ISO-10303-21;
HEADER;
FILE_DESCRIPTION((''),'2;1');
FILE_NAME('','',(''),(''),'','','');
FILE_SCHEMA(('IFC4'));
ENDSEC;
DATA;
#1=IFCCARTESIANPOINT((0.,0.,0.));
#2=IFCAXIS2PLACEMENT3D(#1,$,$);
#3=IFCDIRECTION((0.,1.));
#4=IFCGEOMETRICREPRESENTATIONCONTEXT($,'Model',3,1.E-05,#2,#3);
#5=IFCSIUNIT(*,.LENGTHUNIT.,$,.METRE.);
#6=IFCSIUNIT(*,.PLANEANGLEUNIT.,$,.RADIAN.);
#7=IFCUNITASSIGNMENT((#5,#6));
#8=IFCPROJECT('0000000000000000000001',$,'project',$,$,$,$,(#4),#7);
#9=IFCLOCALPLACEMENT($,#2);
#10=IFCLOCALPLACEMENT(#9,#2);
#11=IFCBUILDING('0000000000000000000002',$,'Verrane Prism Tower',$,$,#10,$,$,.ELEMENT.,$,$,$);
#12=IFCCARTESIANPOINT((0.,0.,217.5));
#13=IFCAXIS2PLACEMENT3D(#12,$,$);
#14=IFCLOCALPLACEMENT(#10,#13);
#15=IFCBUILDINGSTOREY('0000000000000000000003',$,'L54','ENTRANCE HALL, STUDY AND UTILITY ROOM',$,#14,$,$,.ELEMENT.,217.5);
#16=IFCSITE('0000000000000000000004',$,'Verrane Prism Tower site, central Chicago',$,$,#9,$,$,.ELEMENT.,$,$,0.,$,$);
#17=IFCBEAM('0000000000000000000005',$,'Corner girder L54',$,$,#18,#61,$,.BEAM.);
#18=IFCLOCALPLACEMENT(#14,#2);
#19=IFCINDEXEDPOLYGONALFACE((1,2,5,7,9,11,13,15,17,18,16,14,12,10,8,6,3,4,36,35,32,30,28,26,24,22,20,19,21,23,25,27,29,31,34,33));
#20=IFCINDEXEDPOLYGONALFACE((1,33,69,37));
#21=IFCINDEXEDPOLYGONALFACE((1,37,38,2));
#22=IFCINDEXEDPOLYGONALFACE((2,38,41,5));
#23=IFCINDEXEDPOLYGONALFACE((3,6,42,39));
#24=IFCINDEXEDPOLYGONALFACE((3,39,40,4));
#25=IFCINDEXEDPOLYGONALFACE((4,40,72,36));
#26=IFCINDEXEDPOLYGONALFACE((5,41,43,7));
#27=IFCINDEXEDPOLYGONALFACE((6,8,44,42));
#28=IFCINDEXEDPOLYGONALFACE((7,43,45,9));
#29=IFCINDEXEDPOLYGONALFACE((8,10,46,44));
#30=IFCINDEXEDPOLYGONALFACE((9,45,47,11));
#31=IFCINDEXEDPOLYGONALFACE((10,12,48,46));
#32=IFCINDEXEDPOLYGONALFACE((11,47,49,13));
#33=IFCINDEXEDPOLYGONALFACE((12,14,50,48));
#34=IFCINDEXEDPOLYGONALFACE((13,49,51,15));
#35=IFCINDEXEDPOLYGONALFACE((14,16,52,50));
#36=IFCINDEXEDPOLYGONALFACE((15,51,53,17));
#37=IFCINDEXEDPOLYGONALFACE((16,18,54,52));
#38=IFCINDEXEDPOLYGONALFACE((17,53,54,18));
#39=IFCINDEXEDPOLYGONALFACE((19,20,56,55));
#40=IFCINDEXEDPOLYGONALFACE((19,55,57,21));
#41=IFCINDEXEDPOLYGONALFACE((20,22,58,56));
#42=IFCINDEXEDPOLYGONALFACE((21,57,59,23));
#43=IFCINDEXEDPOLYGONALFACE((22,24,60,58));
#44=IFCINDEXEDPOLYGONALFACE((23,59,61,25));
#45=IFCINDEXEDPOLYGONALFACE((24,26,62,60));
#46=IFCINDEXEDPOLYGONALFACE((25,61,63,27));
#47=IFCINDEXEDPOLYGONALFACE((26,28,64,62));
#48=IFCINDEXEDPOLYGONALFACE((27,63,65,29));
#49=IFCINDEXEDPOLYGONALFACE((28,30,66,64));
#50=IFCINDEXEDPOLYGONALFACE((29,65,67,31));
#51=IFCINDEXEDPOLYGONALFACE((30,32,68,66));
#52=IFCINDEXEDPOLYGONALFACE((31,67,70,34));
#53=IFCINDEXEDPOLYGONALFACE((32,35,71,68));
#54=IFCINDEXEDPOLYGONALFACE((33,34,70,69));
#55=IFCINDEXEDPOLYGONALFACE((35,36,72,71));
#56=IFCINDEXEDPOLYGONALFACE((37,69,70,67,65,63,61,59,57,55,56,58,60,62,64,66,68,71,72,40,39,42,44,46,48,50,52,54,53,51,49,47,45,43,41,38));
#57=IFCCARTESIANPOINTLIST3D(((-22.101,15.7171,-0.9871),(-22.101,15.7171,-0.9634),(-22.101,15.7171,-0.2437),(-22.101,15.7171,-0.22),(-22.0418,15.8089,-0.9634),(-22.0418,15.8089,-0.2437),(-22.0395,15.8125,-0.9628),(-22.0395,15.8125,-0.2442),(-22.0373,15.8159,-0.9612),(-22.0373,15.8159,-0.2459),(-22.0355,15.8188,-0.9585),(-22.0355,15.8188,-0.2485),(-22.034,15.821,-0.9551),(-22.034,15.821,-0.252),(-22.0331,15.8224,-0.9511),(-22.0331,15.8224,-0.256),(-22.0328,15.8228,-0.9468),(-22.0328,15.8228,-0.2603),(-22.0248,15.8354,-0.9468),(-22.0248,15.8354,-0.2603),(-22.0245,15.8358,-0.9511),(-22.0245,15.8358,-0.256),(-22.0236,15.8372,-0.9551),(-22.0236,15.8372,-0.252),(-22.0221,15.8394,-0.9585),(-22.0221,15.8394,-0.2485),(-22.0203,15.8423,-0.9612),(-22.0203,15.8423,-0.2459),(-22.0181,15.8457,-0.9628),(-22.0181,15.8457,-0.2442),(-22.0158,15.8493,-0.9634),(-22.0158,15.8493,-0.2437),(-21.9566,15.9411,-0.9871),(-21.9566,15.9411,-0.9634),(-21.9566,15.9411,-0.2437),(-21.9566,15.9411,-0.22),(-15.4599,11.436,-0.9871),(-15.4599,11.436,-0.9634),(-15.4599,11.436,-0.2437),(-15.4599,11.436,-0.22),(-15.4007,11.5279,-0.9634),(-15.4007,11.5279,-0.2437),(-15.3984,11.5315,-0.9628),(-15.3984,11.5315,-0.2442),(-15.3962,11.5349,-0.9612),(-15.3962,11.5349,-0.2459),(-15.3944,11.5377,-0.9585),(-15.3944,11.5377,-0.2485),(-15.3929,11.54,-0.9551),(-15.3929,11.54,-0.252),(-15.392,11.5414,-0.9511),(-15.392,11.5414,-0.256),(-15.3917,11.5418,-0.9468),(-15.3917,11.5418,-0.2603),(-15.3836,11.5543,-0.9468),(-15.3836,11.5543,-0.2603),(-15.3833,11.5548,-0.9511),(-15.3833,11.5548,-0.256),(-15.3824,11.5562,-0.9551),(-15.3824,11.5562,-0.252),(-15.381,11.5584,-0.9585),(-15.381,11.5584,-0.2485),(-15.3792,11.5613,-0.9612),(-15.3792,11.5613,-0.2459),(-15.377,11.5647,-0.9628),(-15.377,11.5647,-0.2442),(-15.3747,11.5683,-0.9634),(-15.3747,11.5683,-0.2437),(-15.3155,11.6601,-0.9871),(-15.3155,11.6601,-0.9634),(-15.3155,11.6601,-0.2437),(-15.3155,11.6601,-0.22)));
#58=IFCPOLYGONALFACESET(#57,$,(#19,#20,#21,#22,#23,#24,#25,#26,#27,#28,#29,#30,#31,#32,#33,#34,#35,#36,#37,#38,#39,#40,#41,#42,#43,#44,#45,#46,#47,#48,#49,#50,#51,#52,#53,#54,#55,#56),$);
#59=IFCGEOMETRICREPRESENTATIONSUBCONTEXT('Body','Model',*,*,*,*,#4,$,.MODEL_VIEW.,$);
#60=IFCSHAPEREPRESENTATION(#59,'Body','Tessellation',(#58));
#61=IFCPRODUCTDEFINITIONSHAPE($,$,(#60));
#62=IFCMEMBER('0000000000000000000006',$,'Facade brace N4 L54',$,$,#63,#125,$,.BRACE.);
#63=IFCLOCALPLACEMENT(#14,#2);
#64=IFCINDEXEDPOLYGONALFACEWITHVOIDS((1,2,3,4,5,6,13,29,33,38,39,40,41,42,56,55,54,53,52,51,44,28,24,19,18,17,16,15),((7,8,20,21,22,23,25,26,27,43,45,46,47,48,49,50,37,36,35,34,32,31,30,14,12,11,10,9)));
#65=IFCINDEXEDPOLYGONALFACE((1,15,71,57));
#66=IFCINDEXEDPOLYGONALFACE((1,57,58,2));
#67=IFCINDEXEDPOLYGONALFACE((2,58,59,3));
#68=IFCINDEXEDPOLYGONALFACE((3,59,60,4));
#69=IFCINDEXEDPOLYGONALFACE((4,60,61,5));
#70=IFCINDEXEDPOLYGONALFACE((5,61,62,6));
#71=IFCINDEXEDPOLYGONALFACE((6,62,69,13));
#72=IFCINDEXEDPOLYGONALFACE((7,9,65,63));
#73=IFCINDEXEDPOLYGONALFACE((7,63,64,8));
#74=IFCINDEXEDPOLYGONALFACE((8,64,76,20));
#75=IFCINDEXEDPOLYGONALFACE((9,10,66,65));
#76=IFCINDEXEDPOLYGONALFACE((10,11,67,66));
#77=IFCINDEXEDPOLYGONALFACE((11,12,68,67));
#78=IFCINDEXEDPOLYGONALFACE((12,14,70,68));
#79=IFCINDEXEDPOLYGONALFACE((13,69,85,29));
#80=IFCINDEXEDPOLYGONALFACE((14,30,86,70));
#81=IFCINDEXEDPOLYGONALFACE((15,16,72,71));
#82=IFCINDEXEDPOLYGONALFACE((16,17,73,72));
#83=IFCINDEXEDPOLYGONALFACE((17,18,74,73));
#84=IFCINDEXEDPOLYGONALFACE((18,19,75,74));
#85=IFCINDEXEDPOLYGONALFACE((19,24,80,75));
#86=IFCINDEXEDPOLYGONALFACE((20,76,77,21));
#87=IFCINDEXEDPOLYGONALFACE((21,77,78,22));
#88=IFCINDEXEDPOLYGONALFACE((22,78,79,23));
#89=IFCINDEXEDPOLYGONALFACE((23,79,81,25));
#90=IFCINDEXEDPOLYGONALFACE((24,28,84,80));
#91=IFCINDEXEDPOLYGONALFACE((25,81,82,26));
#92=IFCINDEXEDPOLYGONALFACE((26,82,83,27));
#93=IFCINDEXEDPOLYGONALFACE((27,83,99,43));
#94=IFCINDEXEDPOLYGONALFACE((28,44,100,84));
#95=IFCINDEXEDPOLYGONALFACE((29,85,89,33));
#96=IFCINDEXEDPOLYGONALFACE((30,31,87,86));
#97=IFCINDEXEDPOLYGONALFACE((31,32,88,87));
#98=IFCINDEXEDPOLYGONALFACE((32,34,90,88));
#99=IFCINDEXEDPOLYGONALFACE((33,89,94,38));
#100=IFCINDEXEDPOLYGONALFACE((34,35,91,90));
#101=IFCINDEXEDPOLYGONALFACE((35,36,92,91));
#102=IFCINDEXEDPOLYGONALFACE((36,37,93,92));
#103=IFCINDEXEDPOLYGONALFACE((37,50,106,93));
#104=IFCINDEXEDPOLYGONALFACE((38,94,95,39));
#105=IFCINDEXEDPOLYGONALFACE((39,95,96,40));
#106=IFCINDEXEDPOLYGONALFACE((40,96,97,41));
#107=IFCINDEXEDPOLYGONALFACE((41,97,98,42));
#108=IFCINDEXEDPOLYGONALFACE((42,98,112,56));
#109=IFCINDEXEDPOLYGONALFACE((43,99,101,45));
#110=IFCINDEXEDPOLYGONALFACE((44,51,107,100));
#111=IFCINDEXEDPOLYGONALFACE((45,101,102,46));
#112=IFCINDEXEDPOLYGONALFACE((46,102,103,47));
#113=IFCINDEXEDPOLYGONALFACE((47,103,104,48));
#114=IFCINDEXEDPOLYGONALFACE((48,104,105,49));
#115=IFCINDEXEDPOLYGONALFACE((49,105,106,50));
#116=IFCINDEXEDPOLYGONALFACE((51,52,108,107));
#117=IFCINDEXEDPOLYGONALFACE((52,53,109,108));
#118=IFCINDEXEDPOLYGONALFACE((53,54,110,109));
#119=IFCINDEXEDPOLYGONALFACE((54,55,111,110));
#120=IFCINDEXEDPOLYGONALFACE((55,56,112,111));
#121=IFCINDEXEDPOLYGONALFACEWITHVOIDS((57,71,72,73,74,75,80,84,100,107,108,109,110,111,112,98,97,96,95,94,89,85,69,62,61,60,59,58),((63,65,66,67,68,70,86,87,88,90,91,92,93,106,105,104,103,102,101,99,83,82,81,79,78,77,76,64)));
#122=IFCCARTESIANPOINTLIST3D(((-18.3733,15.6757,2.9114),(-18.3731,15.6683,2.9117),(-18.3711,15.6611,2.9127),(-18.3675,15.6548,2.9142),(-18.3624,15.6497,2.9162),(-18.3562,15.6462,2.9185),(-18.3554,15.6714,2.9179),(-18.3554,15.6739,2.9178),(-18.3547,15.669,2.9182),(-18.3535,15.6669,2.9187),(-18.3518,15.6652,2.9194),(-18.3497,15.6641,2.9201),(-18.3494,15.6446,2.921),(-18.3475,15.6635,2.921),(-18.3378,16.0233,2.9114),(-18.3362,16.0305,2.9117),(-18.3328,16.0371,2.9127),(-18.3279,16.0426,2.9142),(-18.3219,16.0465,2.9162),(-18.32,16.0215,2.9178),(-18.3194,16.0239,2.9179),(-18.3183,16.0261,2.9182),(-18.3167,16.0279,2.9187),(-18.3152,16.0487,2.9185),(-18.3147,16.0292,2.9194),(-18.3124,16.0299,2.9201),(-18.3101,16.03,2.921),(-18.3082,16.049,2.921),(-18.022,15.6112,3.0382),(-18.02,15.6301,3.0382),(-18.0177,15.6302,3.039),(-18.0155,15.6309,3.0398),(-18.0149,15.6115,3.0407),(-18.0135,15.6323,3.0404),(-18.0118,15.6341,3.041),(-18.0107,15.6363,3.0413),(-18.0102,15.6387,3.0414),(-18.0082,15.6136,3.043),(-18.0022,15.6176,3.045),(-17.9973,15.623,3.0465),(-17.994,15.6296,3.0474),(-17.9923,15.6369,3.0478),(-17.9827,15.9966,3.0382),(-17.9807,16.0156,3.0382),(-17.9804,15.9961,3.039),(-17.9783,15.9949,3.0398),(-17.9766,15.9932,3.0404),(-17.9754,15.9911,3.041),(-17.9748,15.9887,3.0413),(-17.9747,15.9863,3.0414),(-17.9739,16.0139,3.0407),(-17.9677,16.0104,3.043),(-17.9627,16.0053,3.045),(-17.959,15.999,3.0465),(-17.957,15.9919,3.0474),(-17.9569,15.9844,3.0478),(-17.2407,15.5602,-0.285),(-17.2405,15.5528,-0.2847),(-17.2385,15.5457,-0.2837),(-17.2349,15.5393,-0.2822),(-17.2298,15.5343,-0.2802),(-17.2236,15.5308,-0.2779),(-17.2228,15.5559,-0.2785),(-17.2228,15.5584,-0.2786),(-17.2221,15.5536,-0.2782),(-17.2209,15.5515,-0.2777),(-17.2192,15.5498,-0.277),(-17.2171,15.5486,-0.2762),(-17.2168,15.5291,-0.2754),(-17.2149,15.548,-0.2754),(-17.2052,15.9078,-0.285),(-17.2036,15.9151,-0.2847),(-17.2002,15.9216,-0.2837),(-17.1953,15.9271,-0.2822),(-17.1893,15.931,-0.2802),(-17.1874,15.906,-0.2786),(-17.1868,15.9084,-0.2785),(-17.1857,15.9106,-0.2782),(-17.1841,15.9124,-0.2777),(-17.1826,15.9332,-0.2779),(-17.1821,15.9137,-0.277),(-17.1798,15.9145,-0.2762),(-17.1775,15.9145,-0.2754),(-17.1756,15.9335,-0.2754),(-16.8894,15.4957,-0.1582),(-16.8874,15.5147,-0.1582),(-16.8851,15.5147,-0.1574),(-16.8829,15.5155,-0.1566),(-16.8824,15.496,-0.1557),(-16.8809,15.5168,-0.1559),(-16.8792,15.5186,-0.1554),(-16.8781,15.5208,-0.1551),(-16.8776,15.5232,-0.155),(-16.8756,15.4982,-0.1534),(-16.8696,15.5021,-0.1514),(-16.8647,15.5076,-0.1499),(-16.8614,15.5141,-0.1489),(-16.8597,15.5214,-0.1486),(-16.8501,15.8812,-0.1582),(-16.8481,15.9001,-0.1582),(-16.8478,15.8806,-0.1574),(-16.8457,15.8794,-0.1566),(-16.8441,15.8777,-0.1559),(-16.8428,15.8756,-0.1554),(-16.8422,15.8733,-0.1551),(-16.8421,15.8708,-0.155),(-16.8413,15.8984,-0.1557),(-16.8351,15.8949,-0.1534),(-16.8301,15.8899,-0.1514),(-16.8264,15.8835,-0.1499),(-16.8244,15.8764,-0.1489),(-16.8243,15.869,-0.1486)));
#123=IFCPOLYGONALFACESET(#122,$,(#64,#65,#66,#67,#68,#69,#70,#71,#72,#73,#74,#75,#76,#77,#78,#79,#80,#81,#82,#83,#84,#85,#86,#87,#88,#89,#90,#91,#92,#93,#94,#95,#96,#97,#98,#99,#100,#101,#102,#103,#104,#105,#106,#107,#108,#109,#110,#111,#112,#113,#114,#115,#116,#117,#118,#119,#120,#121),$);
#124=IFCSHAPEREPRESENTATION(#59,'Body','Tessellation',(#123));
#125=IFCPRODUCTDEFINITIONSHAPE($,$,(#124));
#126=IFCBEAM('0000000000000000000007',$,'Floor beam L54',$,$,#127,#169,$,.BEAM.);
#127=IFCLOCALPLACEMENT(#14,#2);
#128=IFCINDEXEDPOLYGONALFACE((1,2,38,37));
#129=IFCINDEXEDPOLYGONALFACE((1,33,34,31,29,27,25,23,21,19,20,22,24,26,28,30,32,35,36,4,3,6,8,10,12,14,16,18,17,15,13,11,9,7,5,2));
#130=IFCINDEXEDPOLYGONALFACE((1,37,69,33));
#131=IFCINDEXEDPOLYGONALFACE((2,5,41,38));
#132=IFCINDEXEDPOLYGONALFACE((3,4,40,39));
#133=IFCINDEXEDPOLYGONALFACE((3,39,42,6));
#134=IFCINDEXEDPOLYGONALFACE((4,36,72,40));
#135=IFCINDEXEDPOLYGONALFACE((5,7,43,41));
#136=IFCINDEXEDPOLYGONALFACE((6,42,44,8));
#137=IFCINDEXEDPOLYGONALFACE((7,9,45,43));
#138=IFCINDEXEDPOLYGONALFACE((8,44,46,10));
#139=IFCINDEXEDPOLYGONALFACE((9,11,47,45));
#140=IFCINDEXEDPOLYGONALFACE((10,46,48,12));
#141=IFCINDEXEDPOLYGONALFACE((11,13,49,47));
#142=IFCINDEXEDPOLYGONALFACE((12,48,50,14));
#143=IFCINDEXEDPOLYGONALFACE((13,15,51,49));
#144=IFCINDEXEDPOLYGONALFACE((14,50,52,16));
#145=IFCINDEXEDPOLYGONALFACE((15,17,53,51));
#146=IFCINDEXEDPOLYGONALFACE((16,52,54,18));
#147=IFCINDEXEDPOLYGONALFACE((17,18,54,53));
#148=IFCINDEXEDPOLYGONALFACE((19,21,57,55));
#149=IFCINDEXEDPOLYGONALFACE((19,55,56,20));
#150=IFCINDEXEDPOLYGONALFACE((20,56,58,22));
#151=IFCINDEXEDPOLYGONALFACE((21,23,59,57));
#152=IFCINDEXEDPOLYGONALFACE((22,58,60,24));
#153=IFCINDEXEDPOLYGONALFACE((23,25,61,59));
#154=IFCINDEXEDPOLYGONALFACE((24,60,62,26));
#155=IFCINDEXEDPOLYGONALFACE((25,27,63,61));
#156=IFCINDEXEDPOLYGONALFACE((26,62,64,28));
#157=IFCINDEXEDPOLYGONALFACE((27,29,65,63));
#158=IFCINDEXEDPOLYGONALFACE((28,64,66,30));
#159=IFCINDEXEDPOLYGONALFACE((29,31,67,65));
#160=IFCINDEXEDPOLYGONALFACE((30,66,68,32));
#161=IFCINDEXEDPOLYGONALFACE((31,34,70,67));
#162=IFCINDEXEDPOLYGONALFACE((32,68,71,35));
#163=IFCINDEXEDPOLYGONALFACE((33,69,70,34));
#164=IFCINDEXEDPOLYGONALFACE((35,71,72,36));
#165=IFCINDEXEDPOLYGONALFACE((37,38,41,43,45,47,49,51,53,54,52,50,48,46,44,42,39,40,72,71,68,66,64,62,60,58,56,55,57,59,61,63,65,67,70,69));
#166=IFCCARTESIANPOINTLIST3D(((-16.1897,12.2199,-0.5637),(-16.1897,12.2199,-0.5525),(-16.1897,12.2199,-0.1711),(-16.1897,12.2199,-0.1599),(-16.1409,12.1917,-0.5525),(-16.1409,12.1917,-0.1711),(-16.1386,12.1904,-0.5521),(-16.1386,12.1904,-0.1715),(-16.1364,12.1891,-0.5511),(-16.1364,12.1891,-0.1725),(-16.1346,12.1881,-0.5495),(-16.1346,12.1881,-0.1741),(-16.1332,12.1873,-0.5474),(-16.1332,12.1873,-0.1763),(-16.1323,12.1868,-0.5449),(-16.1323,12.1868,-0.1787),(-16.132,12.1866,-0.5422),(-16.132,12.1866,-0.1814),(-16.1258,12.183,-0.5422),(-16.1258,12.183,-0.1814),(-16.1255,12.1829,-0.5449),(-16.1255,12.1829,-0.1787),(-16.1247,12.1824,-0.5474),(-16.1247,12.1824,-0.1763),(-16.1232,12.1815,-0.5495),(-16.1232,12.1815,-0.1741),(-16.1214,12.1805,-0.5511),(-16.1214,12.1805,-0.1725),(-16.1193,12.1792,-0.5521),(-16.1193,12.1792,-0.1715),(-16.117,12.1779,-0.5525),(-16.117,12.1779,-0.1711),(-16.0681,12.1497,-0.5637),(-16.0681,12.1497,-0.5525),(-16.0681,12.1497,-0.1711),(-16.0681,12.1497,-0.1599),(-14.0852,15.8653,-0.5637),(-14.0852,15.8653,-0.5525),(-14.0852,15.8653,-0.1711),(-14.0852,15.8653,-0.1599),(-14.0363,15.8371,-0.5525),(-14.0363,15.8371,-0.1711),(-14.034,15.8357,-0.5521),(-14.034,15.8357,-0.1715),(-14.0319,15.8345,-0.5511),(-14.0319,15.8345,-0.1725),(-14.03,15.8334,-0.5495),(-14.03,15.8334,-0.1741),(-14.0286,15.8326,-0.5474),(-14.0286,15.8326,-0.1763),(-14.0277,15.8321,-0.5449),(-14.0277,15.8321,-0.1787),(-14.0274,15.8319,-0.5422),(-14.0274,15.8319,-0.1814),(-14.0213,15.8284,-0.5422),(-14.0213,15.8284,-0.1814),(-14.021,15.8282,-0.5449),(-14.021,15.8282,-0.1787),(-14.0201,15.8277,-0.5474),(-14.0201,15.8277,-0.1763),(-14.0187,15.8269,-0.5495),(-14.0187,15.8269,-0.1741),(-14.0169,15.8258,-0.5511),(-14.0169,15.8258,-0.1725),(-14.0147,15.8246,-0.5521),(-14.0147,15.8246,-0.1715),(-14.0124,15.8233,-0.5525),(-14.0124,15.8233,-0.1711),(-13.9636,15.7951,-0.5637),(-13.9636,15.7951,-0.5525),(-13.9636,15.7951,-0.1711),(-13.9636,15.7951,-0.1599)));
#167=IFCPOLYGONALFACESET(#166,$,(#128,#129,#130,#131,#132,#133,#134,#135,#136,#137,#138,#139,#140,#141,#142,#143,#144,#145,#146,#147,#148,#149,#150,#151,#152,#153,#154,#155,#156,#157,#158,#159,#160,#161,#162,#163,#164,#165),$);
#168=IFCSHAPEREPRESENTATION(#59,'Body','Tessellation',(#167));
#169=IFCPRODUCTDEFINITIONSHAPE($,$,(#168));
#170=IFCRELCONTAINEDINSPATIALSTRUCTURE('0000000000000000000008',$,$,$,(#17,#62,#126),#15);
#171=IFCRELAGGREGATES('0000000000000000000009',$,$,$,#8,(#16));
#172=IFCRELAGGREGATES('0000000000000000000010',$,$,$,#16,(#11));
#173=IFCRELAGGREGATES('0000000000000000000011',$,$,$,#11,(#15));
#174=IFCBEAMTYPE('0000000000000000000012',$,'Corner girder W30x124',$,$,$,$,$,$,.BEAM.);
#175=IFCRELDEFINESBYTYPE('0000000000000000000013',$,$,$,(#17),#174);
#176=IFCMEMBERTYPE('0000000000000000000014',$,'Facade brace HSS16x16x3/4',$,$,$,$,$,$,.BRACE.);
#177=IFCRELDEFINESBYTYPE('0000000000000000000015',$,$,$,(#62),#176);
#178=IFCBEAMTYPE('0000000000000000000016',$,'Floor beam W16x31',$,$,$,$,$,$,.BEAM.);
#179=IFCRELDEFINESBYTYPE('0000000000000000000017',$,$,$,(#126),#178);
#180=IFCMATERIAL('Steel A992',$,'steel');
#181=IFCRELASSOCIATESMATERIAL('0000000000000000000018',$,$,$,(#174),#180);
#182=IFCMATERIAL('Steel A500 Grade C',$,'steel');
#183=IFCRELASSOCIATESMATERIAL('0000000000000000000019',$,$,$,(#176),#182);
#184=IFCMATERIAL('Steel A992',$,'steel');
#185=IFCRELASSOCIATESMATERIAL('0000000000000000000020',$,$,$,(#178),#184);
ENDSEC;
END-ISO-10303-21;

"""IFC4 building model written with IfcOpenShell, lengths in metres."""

from ifc_helpers import new_model, si_unit, direction, frame, origin, origin_2d, place, context, subcontext, project, spatial, hollow_rectangle, i_section, extrude, material, material_profile, profile_set, type_object, element, save


model = new_model("IFC4")

# Units and contexts
model_context = context("Model", 3, precision=1e-05, world=origin(), true_north=direction((0.0, 1.0)))
body_context = subcontext(model_context, "Body", "Model", "MODEL_VIEW")
ifc_project = project(units=[si_unit("LENGTHUNIT", "METRE"), si_unit("PLANEANGLEUNIT", "RADIAN")], contexts=[model_context])

# Site, building, storey
site_placement = place(None, origin())
site = spatial("IfcSite", under=ifc_project, at=site_placement, Name="Verrane Prism Tower site, central Chicago", CompositionType="ELEMENT", RefElevation=0.0)
building_placement = place(site_placement, origin())
building = spatial("IfcBuilding", under=site, at=building_placement, Name="Verrane Prism Tower", CompositionType="ELEMENT")
storey_placement = place(building_placement, frame((0.0, 0.0, 217.5)))
storey = spatial("IfcBuildingStorey", under=building, at=storey_placement, Name="L54", Description="ENTRANCE HALL, STUDY AND UTILITY ROOM", CompositionType="ELEMENT", Elevation=217.5)

# Beam
ifc_material_1 = material(Name="Steel A992", Category="steel")
ifc_material_profile_1 = material_profile(ifc_material_1, i_section(OverallWidth=0.2666, OverallDepth=0.7671, WebThickness=0.0149, FlangeThickness=0.0237, FilletRadius=0.0166, at=origin_2d()), Name="W30x124")
ifc_profile_set_1 = profile_set([ifc_material_profile_1], Name="Steel A992")
beam_type_1 = type_object("IfcBeamType", Name="Corner girder W30x124", PredefinedType="BEAM", material=ifc_profile_set_1)
beam_1_placement = place(storey_placement, frame((-22.0288, 15.8291, -0.6035), z_axis=(0.840503, -0.541807, 0.0), x_axis=(0.541807, 0.840503, 0.0)))
element("IfcBeam", 1, at=beam_1_placement, inside=storey, type_object=beam_type_1, Name="Corner girder L54", PredefinedType="BEAM", context=body_context, shape_type="SweptSolid", body=[
    extrude(i_section(OverallWidth=0.2666, OverallDepth=0.7671, WebThickness=0.0149, FlangeThickness=0.0237, FilletRadius=0.0166, at=origin_2d()), origin(), (0.0, 0.0, 1.0), 7.9014),
])

# Member
ifc_material_2 = material(Name="Steel A500 Grade C", Category="steel")
ifc_material_profile_2 = material_profile(ifc_material_2, hollow_rectangle(XDim=0.4065, YDim=0.4065, WallThickness=0.019, InnerFilletRadius=0.0095, OuterFilletRadius=0.0286, at=origin_2d()), Name="HSS16x16x3/4")
ifc_profile_set_2 = profile_set([ifc_material_profile_2], Name="Steel A500 Grade C")
member_type_1 = type_object("IfcMemberType", Name="Facade brace HSS16x16x3/4", PredefinedType="BRACE", material=ifc_profile_set_2)
member_1_placement = place(storey_placement, frame((-17.0325, 15.7146, -0.2168), z_axis=(-0.333798, 0.034035, 0.94203), x_axis=(-0.101436, -0.994842, 0.0)))
element("IfcMember", 2, at=member_1_placement, inside=storey, type_object=member_type_1, Name="Facade brace N4 L54", PredefinedType="BRACE", context=body_context, shape_type="SweptSolid", body=[
    extrude(hollow_rectangle(XDim=0.4065, YDim=0.4065, WallThickness=0.019, InnerFilletRadius=0.0095, OuterFilletRadius=0.0286, at=origin_2d()), origin(), (0.0, 0.0, 1.0), 3.3931),
])

# Beam
ifc_material_3 = material(Name="Steel A992", Category="steel")
ifc_material_profile_3 = material_profile(ifc_material_3, i_section(OverallWidth=0.1404, OverallDepth=0.4038, WebThickness=0.0071, FlangeThickness=0.0112, FilletRadius=0.0103, at=origin_2d()), Name="W16x31")
ifc_profile_set_3 = profile_set([ifc_material_profile_3], Name="Steel A992")
beam_type_2 = type_object("IfcBeamType", Name="Floor beam W16x31", PredefinedType="BEAM", material=ifc_profile_set_3)
beam_2_placement = place(storey_placement, frame((-16.1289, 12.1848, -0.3618), z_axis=(0.499982, 0.866036, 0.0), x_axis=(-0.866036, 0.499982, 0.0)))
element("IfcBeam", 3, at=beam_2_placement, inside=storey, type_object=beam_type_2, Name="Floor beam L54", PredefinedType="BEAM", context=body_context, shape_type="SweptSolid", body=[
    extrude(i_section(OverallWidth=0.1404, OverallDepth=0.4038, WebThickness=0.0071, FlangeThickness=0.0112, FilletRadius=0.0103, at=origin_2d()), origin(), (0.0, 0.0, 1.0), 4.2092),
])

save(model, "model.ifc")
